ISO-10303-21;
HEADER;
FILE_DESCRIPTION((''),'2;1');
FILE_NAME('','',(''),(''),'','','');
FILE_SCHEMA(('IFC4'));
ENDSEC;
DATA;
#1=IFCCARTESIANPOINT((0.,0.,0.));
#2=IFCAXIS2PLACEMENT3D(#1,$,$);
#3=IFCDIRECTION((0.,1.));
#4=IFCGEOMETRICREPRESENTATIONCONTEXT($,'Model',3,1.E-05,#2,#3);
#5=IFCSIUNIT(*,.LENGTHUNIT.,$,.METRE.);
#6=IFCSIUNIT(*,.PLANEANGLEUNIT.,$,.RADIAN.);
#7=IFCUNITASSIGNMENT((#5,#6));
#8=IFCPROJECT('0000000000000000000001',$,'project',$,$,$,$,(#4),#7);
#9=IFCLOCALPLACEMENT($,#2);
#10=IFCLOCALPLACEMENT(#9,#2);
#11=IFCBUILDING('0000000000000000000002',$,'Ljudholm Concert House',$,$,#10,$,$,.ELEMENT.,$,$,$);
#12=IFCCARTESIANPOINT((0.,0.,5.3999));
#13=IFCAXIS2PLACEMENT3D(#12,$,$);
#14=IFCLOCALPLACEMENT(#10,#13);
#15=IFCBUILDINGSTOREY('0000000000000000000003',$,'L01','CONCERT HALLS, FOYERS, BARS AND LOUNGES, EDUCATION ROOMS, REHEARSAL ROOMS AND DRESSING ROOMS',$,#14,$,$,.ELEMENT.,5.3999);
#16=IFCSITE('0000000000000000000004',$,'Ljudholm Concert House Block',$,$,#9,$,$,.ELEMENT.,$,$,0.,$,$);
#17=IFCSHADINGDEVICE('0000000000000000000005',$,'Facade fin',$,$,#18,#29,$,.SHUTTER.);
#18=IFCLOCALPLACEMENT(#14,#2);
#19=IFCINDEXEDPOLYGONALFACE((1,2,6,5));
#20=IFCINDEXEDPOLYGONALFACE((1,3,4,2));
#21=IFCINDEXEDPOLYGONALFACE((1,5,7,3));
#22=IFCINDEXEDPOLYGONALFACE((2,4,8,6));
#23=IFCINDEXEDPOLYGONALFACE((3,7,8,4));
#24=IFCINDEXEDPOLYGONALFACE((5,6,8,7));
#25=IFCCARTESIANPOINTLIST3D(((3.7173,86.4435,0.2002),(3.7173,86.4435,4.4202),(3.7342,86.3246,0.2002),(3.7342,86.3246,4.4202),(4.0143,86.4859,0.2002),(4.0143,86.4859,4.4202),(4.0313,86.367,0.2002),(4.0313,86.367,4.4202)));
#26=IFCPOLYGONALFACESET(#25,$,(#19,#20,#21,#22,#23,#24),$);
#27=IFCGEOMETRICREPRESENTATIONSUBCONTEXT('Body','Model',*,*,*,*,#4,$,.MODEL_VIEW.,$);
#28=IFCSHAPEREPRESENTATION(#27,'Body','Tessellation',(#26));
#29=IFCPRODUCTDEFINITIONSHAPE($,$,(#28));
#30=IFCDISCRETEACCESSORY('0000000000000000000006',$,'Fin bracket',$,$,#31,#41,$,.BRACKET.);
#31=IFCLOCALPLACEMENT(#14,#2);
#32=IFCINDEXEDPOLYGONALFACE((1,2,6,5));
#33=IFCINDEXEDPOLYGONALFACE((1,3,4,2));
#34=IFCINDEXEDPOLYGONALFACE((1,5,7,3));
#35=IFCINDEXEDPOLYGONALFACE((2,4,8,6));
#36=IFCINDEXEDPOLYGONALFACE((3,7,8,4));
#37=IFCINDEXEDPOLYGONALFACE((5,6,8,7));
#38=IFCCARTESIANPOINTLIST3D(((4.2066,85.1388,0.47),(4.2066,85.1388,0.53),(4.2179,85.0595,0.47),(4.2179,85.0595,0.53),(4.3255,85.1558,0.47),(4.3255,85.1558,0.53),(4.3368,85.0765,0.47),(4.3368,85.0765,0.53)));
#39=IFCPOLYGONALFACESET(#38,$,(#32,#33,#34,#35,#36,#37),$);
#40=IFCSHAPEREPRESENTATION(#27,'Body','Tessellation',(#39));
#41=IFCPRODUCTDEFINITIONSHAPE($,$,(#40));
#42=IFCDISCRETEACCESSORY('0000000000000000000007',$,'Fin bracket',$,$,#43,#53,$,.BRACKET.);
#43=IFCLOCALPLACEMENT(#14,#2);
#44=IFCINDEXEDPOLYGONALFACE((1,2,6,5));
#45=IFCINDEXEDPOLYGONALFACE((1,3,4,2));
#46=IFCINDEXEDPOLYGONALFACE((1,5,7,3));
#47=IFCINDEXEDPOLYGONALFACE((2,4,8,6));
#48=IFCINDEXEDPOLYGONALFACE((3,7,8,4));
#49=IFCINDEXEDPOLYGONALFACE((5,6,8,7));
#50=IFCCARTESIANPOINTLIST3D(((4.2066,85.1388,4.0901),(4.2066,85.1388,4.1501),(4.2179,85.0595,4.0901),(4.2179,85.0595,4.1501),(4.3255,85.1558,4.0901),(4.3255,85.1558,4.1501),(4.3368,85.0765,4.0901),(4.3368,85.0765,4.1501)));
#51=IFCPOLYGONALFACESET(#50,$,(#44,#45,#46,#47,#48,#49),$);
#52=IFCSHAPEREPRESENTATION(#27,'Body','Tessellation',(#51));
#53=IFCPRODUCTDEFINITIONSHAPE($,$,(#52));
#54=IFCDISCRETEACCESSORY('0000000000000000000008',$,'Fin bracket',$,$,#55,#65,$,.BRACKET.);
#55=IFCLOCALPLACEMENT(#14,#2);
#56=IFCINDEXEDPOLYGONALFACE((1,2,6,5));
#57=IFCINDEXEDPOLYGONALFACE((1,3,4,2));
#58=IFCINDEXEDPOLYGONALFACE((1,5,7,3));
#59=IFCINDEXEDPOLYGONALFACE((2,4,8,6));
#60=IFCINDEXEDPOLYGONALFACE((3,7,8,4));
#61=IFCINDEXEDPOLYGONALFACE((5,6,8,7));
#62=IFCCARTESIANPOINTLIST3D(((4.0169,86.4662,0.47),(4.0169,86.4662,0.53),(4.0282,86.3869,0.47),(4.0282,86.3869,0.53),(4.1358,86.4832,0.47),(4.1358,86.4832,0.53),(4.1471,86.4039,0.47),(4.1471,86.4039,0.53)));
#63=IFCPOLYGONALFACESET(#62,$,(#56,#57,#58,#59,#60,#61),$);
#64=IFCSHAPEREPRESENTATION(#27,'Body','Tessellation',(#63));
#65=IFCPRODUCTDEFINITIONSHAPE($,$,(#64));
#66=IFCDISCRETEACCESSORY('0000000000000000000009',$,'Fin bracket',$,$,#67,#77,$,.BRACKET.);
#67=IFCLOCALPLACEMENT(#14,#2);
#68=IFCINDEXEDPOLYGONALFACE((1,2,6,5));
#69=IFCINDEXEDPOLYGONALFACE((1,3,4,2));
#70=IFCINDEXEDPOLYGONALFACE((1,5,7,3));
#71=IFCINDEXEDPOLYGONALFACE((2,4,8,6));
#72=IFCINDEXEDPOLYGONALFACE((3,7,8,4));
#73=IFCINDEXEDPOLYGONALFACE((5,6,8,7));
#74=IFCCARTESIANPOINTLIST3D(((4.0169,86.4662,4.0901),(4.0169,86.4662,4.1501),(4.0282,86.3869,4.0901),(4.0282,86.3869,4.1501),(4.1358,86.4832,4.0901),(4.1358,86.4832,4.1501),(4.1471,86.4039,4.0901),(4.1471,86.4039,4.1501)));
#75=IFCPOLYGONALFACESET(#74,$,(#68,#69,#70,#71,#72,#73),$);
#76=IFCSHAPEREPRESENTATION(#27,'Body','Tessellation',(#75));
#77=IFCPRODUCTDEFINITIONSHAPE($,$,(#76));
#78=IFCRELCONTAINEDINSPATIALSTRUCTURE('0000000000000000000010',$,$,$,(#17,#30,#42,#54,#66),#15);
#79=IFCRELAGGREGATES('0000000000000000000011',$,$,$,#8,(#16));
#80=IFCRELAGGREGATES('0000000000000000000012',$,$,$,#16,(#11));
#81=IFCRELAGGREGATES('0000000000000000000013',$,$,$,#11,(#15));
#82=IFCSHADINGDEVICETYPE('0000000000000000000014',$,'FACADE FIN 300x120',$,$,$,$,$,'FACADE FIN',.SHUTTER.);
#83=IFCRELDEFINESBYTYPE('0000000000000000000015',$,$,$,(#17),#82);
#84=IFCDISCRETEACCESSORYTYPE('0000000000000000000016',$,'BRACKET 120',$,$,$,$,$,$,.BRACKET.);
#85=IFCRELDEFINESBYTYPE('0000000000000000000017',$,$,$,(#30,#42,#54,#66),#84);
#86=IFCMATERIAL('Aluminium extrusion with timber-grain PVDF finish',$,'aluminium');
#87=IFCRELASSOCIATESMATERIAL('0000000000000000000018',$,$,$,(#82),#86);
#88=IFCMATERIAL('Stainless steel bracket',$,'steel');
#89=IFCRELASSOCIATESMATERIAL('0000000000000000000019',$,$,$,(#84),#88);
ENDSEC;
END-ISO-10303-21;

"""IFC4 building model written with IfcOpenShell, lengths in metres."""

from ifc_helpers import new_model, si_unit, direction, frame, origin, origin_2d, place, context, subcontext, project, spatial, rectangle, extrude, material, type_object, element, save


model = new_model("IFC4")

# Units and contexts
model_context = context("Model", 3, precision=1e-05, world=origin(), true_north=direction((0.0, 1.0)))
body_context = subcontext(model_context, "Body", "Model", "MODEL_VIEW")
ifc_project = project(units=[si_unit("LENGTHUNIT", "METRE"), si_unit("PLANEANGLEUNIT", "RADIAN")], contexts=[model_context])

# Site, building, storey
site_placement = place(None, origin())
site = spatial("IfcSite", under=ifc_project, at=site_placement, Name="Ljudholm Concert House Block", CompositionType="ELEMENT", RefElevation=0.0)
building_placement = place(site_placement, origin())
building = spatial("IfcBuilding", under=site, at=building_placement, Name="Ljudholm Concert House", CompositionType="ELEMENT")
storey_placement = place(building_placement, frame((0.0, 0.0, 5.3999)))
storey = spatial("IfcBuildingStorey", under=building, at=storey_placement, Name="L01", Description="CONCERT HALLS, FOYERS, BARS AND LOUNGES, EDUCATION ROOMS, REHEARSAL ROOMS AND DRESSING ROOMS", CompositionType="ELEMENT", Elevation=5.3999)

# Shading device
ifc_material_1 = material(Name="Aluminium extrusion with timber-grain PVDF finish", Category="aluminium")
shading_device_type = type_object("IfcShadingDeviceType", Name="FACADE FIN 300x120", ElementType="FACADE FIN", PredefinedType="SHUTTER", material=ifc_material_1)
for number, where, z_axis, x_axis, name in (
    (1, (3.8743, 86.4053, 0.2002), (0.0, 0.0, 1.0), (-0.989949, -0.141421, 0.0), "Facade fin"),
):
    element("IfcShadingDevice", number, at=place(storey_placement, frame(where, z_axis=z_axis, x_axis=x_axis)), inside=storey, type_object=shading_device_type, Name=name, PredefinedType="SHUTTER", context=body_context, shape_type="SweptSolid", body=[
        extrude(rectangle(XDim=0.3, YDim=0.1201, at=origin_2d()), origin(), (0.0, 0.0, 1.0), 4.22),
    ])

# Discrete accessories
ifc_material_2 = material(Name="Stainless steel bracket", Category="steel")
discrete_accessory_type = type_object("IfcDiscreteAccessoryType", Name="BRACKET 120", PredefinedType="BRACKET", material=ifc_material_2)
for number, where, z_axis, x_axis, name in (
    (2, (4.2717, 85.1077, 0.47), (0.0, 0.0, 1.0), (-0.989949, -0.141421, 0.0), "Fin bracket"),
    (3, (4.2717, 85.1077, 4.0901), (0.0, 0.0, 1.0), (-0.989949, -0.141421, 0.0), "Fin bracket"),
    (4, (4.082, 86.4351, 0.47), (0.0, 0.0, 1.0), (-0.989949, -0.141421, 0.0), "Fin bracket"),
    (5, (4.082, 86.4351, 4.0901), (0.0, 0.0, 1.0), (-0.989949, -0.141421, 0.0), "Fin bracket"),
):
    element("IfcDiscreteAccessory", number, at=place(storey_placement, frame(where, z_axis=z_axis, x_axis=x_axis)), inside=storey, type_object=discrete_accessory_type, Name=name, PredefinedType="BRACKET", context=body_context, shape_type="SweptSolid", body=[
        extrude(rectangle(XDim=0.1201, YDim=0.0801, at=origin_2d()), origin(), (0.0, 0.0, 1.0), 0.0601),
    ])

save(model, "model.ifc")
